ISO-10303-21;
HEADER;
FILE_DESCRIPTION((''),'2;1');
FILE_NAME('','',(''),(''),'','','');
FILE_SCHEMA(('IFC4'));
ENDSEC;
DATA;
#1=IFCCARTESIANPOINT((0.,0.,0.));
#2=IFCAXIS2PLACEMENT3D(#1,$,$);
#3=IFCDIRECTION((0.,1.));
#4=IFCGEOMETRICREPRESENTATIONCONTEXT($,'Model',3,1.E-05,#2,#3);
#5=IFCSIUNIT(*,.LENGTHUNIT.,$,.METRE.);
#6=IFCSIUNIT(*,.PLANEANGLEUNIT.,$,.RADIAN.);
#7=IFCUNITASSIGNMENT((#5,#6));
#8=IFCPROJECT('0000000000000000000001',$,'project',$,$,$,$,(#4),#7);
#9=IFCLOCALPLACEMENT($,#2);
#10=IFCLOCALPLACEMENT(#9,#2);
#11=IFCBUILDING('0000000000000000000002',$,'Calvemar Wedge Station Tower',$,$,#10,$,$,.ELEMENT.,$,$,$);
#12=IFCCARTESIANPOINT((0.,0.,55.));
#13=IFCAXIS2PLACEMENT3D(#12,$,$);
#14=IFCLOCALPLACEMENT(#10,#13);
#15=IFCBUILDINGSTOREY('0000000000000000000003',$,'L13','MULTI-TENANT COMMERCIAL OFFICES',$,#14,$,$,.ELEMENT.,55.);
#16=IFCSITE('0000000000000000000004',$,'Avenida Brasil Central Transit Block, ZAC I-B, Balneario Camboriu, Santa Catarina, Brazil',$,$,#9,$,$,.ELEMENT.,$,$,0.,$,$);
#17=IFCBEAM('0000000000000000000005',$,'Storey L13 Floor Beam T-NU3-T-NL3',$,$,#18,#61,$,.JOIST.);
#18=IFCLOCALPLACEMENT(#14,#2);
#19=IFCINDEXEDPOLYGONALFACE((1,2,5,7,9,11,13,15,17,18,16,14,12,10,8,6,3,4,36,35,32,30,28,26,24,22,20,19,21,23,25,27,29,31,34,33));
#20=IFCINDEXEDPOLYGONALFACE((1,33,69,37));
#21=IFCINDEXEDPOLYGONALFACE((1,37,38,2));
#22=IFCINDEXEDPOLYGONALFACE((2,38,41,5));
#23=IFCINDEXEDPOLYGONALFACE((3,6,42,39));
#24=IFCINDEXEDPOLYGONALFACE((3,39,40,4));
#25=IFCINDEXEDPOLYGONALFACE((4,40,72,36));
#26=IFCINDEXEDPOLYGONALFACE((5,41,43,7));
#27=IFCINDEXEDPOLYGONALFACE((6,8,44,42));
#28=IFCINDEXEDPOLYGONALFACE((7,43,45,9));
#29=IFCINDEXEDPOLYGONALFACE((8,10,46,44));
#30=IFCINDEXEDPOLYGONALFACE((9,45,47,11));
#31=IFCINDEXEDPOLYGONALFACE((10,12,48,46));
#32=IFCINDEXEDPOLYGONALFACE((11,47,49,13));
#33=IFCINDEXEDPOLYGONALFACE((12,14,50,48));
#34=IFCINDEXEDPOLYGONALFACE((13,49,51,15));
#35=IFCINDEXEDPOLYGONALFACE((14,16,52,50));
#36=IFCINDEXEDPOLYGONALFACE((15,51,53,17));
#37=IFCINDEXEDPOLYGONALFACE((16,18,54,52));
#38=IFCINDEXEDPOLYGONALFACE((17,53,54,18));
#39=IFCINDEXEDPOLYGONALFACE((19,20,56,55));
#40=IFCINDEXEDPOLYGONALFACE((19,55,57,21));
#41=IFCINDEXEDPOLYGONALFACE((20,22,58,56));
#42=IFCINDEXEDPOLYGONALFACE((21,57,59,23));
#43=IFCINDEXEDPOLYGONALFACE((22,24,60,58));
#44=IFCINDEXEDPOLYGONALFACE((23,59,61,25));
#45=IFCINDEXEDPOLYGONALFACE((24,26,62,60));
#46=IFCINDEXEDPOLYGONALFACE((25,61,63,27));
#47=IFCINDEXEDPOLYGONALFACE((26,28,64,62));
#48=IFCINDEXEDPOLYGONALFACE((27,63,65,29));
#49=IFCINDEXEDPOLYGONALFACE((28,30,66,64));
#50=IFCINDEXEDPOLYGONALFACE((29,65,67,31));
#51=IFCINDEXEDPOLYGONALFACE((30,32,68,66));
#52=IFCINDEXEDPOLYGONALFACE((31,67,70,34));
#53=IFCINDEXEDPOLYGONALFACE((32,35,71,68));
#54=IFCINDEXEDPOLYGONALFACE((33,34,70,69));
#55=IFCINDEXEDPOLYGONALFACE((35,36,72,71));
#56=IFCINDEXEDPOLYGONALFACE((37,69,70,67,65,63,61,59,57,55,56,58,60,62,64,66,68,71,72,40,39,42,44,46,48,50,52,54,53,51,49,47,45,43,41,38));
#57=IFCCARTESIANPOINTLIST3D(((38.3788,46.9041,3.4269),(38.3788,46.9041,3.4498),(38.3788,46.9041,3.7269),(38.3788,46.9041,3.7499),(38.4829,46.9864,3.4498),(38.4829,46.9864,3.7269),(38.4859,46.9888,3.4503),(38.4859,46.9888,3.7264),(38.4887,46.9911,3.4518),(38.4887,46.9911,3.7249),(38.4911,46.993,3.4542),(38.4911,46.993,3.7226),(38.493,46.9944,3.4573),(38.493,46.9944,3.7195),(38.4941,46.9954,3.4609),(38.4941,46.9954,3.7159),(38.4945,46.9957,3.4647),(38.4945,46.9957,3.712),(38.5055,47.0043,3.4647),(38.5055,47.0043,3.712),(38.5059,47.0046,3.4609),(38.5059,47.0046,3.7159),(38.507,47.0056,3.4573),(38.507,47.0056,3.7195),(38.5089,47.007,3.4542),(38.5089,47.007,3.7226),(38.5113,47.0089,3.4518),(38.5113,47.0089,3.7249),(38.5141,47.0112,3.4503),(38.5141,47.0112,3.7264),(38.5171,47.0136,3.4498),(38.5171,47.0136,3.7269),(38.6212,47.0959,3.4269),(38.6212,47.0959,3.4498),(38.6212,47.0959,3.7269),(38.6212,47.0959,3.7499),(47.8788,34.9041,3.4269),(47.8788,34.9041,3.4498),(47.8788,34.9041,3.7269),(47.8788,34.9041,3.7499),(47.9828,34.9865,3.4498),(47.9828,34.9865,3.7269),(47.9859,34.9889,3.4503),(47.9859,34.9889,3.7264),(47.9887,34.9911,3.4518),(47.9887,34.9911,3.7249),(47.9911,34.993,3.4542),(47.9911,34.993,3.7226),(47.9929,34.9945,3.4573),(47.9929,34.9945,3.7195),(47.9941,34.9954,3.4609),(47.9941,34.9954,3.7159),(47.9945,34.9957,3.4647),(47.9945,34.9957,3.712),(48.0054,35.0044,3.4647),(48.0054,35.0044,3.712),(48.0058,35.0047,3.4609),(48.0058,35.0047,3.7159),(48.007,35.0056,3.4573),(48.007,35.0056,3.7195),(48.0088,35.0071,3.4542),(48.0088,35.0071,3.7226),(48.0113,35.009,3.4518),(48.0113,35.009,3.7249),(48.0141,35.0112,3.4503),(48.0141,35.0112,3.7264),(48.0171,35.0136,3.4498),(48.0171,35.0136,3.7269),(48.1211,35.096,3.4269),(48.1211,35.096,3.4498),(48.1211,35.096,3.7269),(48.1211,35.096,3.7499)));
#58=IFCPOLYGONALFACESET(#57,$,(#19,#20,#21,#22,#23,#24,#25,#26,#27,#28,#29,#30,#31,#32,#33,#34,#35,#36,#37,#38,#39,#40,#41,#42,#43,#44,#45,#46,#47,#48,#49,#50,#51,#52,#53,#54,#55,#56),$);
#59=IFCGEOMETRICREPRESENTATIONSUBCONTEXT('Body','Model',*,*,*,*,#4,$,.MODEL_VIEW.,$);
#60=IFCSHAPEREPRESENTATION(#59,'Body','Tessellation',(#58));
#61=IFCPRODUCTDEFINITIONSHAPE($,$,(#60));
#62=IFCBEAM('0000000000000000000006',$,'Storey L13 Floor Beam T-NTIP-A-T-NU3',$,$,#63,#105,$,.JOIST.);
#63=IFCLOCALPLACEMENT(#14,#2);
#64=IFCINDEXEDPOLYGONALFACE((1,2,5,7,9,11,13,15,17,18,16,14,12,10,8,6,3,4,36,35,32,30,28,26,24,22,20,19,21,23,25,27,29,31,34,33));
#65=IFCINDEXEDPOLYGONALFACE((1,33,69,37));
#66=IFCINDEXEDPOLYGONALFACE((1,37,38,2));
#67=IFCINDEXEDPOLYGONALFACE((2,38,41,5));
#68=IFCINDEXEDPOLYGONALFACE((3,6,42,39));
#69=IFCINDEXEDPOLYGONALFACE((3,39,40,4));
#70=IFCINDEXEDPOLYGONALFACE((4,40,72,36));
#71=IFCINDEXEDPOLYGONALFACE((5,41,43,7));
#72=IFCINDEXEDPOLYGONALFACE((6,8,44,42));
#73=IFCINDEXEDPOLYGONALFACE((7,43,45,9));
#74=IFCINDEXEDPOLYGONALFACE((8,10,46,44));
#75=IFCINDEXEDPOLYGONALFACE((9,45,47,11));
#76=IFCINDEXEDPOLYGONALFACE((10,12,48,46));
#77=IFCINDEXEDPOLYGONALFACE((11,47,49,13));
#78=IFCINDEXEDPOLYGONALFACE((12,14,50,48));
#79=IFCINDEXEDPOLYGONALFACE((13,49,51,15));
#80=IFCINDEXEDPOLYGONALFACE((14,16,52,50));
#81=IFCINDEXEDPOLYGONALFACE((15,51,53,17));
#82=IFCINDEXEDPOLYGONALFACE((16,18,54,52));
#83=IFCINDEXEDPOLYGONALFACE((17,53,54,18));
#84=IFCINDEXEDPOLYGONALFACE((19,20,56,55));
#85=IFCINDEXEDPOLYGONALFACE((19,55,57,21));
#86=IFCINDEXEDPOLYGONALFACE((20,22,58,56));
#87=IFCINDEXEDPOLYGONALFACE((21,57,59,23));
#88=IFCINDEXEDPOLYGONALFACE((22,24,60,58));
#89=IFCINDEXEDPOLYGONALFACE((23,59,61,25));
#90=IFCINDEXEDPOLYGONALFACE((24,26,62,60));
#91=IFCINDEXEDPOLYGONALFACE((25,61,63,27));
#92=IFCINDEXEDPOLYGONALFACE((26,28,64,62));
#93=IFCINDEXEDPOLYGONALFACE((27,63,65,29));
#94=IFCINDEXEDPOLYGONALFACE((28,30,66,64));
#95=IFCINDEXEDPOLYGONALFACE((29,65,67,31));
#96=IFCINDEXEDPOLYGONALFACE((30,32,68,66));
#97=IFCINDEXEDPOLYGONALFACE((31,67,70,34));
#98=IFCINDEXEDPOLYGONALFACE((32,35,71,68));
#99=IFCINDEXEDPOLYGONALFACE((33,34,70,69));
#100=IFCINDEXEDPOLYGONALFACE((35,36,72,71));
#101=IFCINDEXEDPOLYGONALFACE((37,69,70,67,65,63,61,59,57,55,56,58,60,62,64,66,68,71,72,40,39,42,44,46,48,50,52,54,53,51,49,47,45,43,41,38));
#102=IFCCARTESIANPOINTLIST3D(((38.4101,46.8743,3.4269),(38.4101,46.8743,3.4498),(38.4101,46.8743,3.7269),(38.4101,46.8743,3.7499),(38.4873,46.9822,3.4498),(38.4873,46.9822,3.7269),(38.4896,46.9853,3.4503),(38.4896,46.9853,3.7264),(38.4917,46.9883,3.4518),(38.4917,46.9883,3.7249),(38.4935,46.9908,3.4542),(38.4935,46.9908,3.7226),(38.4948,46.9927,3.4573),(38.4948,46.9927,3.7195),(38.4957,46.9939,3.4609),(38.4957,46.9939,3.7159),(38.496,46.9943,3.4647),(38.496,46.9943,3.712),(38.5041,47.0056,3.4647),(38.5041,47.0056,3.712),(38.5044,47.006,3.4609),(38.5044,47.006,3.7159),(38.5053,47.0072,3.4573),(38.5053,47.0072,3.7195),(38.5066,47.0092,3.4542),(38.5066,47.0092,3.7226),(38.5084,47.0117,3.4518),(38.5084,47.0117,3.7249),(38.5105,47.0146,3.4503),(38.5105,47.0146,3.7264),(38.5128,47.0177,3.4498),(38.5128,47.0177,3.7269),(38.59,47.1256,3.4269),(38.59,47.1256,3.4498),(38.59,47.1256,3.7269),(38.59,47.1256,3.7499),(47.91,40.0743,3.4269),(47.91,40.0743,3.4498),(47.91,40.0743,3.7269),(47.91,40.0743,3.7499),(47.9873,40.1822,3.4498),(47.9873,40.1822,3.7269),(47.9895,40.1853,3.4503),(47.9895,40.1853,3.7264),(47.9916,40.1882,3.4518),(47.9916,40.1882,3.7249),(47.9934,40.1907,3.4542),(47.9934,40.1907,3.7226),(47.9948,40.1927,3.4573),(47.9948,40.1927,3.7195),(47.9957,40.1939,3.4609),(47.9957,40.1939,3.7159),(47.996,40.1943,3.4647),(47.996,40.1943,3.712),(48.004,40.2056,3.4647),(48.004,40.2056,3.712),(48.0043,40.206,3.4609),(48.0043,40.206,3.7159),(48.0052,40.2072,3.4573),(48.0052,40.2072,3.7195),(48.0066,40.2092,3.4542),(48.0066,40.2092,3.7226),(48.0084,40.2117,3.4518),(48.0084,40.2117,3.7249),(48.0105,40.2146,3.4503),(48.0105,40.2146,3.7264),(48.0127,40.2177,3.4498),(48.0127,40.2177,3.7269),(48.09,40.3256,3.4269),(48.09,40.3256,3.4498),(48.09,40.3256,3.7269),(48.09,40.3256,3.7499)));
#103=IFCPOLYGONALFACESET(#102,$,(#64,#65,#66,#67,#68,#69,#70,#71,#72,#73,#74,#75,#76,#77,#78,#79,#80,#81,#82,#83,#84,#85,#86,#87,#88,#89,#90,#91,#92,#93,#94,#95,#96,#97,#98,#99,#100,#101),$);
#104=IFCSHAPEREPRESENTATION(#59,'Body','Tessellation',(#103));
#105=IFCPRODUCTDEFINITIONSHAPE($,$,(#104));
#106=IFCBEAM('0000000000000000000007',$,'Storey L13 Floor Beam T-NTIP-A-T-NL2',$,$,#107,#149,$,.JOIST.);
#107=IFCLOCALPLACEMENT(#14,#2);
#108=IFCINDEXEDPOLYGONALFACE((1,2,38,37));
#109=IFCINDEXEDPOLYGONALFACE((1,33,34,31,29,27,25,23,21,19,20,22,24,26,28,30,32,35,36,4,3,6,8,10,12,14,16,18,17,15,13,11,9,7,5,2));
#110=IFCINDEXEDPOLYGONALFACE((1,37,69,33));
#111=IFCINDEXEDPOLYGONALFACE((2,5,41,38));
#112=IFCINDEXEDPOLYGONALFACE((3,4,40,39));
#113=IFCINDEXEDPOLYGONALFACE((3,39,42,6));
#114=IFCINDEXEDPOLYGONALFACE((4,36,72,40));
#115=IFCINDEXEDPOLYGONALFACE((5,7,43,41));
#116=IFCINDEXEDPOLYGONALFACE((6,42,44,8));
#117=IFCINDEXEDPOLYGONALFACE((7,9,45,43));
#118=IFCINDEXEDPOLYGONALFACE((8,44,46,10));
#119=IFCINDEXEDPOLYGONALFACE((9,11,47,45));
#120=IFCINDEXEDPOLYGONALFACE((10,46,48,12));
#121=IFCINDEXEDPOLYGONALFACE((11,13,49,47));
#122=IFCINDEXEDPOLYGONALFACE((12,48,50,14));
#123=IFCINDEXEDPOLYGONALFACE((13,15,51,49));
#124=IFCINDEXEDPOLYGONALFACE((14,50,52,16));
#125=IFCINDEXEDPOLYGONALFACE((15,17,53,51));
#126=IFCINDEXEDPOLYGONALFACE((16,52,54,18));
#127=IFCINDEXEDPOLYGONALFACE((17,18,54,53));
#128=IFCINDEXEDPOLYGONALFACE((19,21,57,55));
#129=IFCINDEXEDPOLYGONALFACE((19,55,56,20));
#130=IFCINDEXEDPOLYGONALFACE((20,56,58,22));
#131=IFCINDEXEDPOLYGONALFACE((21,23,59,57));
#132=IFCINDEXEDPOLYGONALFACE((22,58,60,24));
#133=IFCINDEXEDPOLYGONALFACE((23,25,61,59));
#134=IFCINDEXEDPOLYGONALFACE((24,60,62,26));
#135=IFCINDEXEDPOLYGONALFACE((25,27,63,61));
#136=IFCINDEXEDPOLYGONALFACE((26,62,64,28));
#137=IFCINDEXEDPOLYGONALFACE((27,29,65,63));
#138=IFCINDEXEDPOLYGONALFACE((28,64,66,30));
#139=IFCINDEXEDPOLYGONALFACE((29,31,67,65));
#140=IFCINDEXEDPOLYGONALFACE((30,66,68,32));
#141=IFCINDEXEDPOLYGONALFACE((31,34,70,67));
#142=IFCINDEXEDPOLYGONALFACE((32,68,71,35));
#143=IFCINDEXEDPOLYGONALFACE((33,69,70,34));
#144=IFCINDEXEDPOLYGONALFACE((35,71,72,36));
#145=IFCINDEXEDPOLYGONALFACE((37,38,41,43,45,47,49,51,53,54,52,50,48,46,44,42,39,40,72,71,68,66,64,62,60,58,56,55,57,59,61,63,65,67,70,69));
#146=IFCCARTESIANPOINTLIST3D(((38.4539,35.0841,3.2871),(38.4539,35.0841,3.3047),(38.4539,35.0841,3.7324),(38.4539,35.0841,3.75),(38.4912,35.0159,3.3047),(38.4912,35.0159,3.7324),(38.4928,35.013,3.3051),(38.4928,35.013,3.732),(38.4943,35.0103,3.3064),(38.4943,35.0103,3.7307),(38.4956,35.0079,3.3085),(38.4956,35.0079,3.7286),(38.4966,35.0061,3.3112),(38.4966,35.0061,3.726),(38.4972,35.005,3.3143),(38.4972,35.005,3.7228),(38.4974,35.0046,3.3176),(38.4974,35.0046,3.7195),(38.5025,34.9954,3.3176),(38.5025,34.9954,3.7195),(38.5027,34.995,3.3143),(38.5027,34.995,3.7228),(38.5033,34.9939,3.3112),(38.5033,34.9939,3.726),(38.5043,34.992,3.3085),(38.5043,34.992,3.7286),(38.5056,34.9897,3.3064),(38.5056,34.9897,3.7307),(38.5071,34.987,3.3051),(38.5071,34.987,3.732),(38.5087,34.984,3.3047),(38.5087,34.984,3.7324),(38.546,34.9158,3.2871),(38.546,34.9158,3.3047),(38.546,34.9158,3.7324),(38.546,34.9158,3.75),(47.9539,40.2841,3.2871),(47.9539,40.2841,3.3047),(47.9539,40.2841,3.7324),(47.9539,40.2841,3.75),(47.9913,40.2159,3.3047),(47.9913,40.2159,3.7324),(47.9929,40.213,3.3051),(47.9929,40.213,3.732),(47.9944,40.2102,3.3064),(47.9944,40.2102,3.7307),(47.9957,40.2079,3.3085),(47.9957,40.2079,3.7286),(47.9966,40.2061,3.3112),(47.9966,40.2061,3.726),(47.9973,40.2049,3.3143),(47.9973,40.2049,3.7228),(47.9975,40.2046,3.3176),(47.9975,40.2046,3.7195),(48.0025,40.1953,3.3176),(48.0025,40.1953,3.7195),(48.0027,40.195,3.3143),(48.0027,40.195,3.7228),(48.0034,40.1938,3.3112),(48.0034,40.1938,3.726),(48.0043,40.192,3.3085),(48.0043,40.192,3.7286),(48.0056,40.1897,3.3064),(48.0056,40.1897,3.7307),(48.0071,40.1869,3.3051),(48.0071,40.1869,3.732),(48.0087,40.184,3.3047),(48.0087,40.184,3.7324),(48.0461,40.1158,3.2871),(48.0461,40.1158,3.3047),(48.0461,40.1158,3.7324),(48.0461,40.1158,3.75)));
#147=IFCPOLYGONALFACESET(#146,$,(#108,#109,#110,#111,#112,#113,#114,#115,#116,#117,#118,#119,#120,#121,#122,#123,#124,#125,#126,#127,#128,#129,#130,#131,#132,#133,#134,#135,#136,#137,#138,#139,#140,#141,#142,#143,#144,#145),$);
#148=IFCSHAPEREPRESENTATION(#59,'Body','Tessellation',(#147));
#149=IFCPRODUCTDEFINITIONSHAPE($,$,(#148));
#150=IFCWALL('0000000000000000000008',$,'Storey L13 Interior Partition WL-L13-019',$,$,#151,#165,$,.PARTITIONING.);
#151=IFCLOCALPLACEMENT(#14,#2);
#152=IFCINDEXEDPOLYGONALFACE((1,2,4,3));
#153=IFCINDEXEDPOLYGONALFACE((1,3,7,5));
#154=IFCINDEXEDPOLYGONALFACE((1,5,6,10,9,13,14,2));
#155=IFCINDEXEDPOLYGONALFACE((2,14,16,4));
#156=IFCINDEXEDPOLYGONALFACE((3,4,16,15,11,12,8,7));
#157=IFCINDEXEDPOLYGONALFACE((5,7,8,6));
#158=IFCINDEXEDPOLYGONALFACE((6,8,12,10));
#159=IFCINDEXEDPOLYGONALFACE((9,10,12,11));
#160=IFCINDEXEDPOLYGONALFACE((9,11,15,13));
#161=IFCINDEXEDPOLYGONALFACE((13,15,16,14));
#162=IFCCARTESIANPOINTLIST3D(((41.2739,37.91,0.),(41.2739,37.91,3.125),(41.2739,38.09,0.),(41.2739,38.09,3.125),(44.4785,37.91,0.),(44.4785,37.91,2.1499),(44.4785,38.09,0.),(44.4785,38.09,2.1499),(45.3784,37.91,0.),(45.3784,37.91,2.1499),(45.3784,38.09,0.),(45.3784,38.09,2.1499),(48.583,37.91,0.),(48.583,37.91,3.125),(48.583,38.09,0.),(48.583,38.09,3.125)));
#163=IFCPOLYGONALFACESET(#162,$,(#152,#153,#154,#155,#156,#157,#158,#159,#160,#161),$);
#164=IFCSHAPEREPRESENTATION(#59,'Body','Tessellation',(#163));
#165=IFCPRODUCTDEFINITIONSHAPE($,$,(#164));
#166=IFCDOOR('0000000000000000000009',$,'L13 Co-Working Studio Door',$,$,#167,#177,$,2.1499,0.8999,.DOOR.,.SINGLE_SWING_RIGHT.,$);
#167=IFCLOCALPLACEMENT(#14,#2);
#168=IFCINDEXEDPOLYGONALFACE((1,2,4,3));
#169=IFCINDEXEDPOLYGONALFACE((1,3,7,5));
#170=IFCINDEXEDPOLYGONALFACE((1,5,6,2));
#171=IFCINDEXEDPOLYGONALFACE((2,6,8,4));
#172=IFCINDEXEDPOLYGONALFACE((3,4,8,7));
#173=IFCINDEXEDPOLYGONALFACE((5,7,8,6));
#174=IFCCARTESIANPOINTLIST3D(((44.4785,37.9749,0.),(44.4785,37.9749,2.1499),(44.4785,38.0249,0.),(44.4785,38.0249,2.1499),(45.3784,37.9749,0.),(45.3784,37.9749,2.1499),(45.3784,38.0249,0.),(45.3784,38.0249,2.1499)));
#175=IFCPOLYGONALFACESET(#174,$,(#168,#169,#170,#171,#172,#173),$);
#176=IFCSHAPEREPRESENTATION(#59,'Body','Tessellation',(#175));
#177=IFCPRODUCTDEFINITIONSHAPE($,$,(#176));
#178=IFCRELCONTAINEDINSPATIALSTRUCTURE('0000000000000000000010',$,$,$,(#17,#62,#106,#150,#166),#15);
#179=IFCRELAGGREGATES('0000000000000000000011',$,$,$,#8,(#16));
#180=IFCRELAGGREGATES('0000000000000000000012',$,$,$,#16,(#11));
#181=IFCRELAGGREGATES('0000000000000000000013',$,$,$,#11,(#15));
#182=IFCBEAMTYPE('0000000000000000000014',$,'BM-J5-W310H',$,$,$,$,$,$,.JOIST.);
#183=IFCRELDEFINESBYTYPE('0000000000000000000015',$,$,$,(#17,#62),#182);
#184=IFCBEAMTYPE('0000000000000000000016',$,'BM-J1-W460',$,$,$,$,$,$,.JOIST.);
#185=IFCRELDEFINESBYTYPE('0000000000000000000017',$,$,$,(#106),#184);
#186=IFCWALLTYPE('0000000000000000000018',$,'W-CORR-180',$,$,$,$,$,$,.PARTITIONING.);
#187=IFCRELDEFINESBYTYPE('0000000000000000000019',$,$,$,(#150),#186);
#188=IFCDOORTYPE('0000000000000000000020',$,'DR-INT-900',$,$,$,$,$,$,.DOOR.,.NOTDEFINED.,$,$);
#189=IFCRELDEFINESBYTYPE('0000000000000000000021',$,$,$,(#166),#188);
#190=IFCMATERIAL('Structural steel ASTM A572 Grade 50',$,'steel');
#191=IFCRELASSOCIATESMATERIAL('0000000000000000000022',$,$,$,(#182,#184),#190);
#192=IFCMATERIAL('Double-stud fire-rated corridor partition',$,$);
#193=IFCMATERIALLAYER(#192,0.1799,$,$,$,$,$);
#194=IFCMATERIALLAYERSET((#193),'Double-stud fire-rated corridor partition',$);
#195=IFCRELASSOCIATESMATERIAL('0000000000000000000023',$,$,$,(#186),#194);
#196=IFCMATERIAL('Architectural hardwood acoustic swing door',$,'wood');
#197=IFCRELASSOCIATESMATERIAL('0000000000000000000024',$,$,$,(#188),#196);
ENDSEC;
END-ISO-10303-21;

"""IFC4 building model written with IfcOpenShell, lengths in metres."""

from ifc_helpers import new_model, si_unit, direction, frame, frame_2d, origin, origin_2d, place, context, subcontext, project, spatial, rectangle, i_section, extrude, source, transform, mapped, material, layer, layer_set, material_profile, profile_set, type_object, element, fill, save


model = new_model("IFC4")

# Units and contexts
model_context = context("Model", 3, precision=1e-05, world=origin(), true_north=direction((0.0, 1.0)))
body_context = subcontext(model_context, "Body", "Model", "MODEL_VIEW")
ifc_project = project(units=[si_unit("LENGTHUNIT", "METRE"), si_unit("PLANEANGLEUNIT", "RADIAN")], contexts=[model_context])

# Site, building, storey
site_placement = place(None, origin())
site = spatial("IfcSite", under=ifc_project, at=site_placement, Name="Avenida Brasil Central Transit Block, ZAC I-B, Balneario Camboriu, Santa Catarina, Brazil", CompositionType="ELEMENT", RefElevation=0.0)
building_placement = place(site_placement, origin())
building = spatial("IfcBuilding", under=site, at=building_placement, Name="Calvemar Wedge Station Tower", CompositionType="ELEMENT")
storey_placement = place(building_placement, frame((0.0, 0.0, 55.0)))
storey = spatial("IfcBuildingStorey", under=building, at=storey_placement, Name="L13", Description="MULTI-TENANT COMMERCIAL OFFICES", CompositionType="ELEMENT", Elevation=55.0)

# Shared definitions
ifc_material_1 = material(Name="Structural steel ASTM A572 Grade 50", Category="steel")

# Beams
ifc_material_profile_1 = material_profile(ifc_material_1, i_section(OverallWidth=0.3091, OverallDepth=0.323, WebThickness=0.0139, FlangeThickness=0.0229, FilletRadius=0.0149, at=origin_2d()), Name="W310x143")
ifc_profile_set_1 = profile_set([ifc_material_profile_1], Name="Structural steel ASTM A572 Grade 50")
beam_type_1 = type_object("IfcBeamType", Name="BM-J5-W310H", PredefinedType="JOIST", material=ifc_profile_set_1)
shared_shape_1 = source(origin(), body_context, "Body", "SweptSolid", [
    extrude(i_section(OverallWidth=0.3091, OverallDepth=0.323, WebThickness=0.0139, FlangeThickness=0.0229, FilletRadius=0.0149, at=origin_2d()), origin(), (0.0, 0.0, 1.0), 15.3052),
])
beam_1_placement = place(storey_placement, frame((38.5, 47.0, 3.5884), z_axis=(0.620703, -0.784046, 0.0), x_axis=(0.784046, 0.620703, 0.0)))
element("IfcBeam", 1, at=beam_1_placement, inside=storey, type_object=beam_type_1, Name="Storey L13 Floor Beam T-NU3-T-NL3", PredefinedType="JOIST", context=body_context, shape_type="MappedRepresentation", body=[
    mapped(shared_shape_1, transform((0.0, 0.0, 0.0), scale=1.0)),
])
shared_shape_2 = source(origin(), body_context, "Body", "SweptSolid", [
    extrude(i_section(OverallWidth=0.3091, OverallDepth=0.323, WebThickness=0.0139, FlangeThickness=0.0229, FilletRadius=0.0149, at=origin_2d()), origin(), (0.0, 0.0, 1.0), 11.6829),
])
beam_2_placement = place(storey_placement, frame((48.0, 40.2, 3.5884), z_axis=(-0.813153, 0.58205, 0.0), x_axis=(-0.58205, -0.813153, 0.0)))
element("IfcBeam", 2, at=beam_2_placement, inside=storey, type_object=beam_type_1, Name="Storey L13 Floor Beam T-NTIP-A-T-NU3", PredefinedType="JOIST", context=body_context, shape_type="MappedRepresentation", body=[
    mapped(shared_shape_2, transform((0.0, 0.0, 0.0), scale=1.0)),
])
ifc_material_profile_2 = material_profile(ifc_material_1, i_section(OverallWidth=0.1919, OverallDepth=0.4629, WebThickness=0.0105, FlangeThickness=0.0176, FilletRadius=0.0129, at=origin_2d()), Name="W460x89")
ifc_profile_set_2 = profile_set([ifc_material_profile_2], Name="Structural steel ASTM A572 Grade 50")
beam_type_2 = type_object("IfcBeamType", Name="BM-J1-W460", PredefinedType="JOIST", material=ifc_profile_set_2)
shared_shape_3 = source(origin(), body_context, "Body", "SweptSolid", [
    extrude(i_section(OverallWidth=0.1919, OverallDepth=0.4629, WebThickness=0.0105, FlangeThickness=0.0176, FilletRadius=0.0129, at=origin_2d()), origin(), (0.0, 0.0, 1.0), 10.8301),
])
beam_3_placement = place(storey_placement, frame((48.0, 40.2, 3.5186), z_axis=(-0.877191, -0.480142, 0.0), x_axis=(0.480142, -0.877191, 0.0)))
element("IfcBeam", 3, at=beam_3_placement, inside=storey, type_object=beam_type_2, Name="Storey L13 Floor Beam T-NTIP-A-T-NL2", PredefinedType="JOIST", context=body_context, shape_type="MappedRepresentation", body=[
    mapped(shared_shape_3, transform((0.0, 0.0, 0.0), scale=1.0)),
])

# Wall, opening, door
ifc_material_2 = material(Name="Double-stud fire-rated corridor partition")
ifc_layer_1 = layer(ifc_material_2, 0.1799)
ifc_layer_set_1 = layer_set([ifc_layer_1], Name="Double-stud fire-rated corridor partition")
wall_type_1 = type_object("IfcWallType", Name="W-CORR-180", PredefinedType="PARTITIONING", material=ifc_layer_set_1)
wall_1_placement = place(storey_placement, frame((41.2739, 38.0, 0.0), z_axis=(0.0, 0.0, 1.0), x_axis=(1.0, 0.0, 0.0)))
wall_1 = element("IfcWall", 4, at=wall_1_placement, inside=storey, type_object=wall_type_1, Name="Storey L13 Interior Partition WL-L13-019", PredefinedType="PARTITIONING", context=body_context, shape_type="SweptSolid", body=[
    extrude(rectangle(XDim=7.3091, YDim=0.1799, at=frame_2d((3.6545, 0.0))), origin(), (0.0, 0.0, 1.0), 3.125),
])
shared_shape_4 = source(origin(), body_context, "Body", "SweptSolid", [
    extrude(rectangle(XDim=0.8999, YDim=2.1499, at=frame_2d((0.45, 1.075))), frame((0.0, 0.1001, 0.0), z_axis=(0.0, -1.0, 0.0), x_axis=(1.0, 0.0, 0.0)), (0.0, 0.0, 1.0), 0.2),
])
opening_1_placement = place(wall_1_placement, frame((3.2046, 0.0, 0.0)))
opening_1 = element("IfcOpeningElement", 5, at=opening_1_placement, cuts=wall_1, PredefinedType="OPENING", context=body_context, shape_type="MappedRepresentation", body=[
    mapped(shared_shape_4, transform((0.0, 0.0, 0.0), scale=1.0)),
])
ifc_material_3 = material(Name="Architectural hardwood acoustic swing door", Category="wood")
door_type = type_object("IfcDoorType", Name="DR-INT-900", OperationType="NOTDEFINED", PredefinedType="DOOR", material=ifc_material_3)
shared_shape_5 = source(origin(), body_context, "Body", "SweptSolid", [
    extrude(rectangle(XDim=0.8999, YDim=2.1499, at=frame_2d((0.45, 1.075))), frame((0.0, 0.0249, 0.0), z_axis=(0.0, -1.0, 0.0), x_axis=(1.0, 0.0, 0.0)), (0.0, 0.0, 1.0), 0.05),
])
door_1_placement = place(opening_1_placement, origin())
door_1 = element("IfcDoor", 6, at=door_1_placement, inside=storey, type_object=door_type, Name="L13 Co-Working Studio Door", OperationType="SINGLE_SWING_RIGHT", OverallHeight=2.1499, OverallWidth=0.8999, PredefinedType="DOOR", context=body_context, shape_type="MappedRepresentation", body=[
    mapped(shared_shape_5, transform((0.0, 0.0, 0.0), scale=1.0)),
])
fill(opening_1, door_1)

save(model, "model.ifc")
